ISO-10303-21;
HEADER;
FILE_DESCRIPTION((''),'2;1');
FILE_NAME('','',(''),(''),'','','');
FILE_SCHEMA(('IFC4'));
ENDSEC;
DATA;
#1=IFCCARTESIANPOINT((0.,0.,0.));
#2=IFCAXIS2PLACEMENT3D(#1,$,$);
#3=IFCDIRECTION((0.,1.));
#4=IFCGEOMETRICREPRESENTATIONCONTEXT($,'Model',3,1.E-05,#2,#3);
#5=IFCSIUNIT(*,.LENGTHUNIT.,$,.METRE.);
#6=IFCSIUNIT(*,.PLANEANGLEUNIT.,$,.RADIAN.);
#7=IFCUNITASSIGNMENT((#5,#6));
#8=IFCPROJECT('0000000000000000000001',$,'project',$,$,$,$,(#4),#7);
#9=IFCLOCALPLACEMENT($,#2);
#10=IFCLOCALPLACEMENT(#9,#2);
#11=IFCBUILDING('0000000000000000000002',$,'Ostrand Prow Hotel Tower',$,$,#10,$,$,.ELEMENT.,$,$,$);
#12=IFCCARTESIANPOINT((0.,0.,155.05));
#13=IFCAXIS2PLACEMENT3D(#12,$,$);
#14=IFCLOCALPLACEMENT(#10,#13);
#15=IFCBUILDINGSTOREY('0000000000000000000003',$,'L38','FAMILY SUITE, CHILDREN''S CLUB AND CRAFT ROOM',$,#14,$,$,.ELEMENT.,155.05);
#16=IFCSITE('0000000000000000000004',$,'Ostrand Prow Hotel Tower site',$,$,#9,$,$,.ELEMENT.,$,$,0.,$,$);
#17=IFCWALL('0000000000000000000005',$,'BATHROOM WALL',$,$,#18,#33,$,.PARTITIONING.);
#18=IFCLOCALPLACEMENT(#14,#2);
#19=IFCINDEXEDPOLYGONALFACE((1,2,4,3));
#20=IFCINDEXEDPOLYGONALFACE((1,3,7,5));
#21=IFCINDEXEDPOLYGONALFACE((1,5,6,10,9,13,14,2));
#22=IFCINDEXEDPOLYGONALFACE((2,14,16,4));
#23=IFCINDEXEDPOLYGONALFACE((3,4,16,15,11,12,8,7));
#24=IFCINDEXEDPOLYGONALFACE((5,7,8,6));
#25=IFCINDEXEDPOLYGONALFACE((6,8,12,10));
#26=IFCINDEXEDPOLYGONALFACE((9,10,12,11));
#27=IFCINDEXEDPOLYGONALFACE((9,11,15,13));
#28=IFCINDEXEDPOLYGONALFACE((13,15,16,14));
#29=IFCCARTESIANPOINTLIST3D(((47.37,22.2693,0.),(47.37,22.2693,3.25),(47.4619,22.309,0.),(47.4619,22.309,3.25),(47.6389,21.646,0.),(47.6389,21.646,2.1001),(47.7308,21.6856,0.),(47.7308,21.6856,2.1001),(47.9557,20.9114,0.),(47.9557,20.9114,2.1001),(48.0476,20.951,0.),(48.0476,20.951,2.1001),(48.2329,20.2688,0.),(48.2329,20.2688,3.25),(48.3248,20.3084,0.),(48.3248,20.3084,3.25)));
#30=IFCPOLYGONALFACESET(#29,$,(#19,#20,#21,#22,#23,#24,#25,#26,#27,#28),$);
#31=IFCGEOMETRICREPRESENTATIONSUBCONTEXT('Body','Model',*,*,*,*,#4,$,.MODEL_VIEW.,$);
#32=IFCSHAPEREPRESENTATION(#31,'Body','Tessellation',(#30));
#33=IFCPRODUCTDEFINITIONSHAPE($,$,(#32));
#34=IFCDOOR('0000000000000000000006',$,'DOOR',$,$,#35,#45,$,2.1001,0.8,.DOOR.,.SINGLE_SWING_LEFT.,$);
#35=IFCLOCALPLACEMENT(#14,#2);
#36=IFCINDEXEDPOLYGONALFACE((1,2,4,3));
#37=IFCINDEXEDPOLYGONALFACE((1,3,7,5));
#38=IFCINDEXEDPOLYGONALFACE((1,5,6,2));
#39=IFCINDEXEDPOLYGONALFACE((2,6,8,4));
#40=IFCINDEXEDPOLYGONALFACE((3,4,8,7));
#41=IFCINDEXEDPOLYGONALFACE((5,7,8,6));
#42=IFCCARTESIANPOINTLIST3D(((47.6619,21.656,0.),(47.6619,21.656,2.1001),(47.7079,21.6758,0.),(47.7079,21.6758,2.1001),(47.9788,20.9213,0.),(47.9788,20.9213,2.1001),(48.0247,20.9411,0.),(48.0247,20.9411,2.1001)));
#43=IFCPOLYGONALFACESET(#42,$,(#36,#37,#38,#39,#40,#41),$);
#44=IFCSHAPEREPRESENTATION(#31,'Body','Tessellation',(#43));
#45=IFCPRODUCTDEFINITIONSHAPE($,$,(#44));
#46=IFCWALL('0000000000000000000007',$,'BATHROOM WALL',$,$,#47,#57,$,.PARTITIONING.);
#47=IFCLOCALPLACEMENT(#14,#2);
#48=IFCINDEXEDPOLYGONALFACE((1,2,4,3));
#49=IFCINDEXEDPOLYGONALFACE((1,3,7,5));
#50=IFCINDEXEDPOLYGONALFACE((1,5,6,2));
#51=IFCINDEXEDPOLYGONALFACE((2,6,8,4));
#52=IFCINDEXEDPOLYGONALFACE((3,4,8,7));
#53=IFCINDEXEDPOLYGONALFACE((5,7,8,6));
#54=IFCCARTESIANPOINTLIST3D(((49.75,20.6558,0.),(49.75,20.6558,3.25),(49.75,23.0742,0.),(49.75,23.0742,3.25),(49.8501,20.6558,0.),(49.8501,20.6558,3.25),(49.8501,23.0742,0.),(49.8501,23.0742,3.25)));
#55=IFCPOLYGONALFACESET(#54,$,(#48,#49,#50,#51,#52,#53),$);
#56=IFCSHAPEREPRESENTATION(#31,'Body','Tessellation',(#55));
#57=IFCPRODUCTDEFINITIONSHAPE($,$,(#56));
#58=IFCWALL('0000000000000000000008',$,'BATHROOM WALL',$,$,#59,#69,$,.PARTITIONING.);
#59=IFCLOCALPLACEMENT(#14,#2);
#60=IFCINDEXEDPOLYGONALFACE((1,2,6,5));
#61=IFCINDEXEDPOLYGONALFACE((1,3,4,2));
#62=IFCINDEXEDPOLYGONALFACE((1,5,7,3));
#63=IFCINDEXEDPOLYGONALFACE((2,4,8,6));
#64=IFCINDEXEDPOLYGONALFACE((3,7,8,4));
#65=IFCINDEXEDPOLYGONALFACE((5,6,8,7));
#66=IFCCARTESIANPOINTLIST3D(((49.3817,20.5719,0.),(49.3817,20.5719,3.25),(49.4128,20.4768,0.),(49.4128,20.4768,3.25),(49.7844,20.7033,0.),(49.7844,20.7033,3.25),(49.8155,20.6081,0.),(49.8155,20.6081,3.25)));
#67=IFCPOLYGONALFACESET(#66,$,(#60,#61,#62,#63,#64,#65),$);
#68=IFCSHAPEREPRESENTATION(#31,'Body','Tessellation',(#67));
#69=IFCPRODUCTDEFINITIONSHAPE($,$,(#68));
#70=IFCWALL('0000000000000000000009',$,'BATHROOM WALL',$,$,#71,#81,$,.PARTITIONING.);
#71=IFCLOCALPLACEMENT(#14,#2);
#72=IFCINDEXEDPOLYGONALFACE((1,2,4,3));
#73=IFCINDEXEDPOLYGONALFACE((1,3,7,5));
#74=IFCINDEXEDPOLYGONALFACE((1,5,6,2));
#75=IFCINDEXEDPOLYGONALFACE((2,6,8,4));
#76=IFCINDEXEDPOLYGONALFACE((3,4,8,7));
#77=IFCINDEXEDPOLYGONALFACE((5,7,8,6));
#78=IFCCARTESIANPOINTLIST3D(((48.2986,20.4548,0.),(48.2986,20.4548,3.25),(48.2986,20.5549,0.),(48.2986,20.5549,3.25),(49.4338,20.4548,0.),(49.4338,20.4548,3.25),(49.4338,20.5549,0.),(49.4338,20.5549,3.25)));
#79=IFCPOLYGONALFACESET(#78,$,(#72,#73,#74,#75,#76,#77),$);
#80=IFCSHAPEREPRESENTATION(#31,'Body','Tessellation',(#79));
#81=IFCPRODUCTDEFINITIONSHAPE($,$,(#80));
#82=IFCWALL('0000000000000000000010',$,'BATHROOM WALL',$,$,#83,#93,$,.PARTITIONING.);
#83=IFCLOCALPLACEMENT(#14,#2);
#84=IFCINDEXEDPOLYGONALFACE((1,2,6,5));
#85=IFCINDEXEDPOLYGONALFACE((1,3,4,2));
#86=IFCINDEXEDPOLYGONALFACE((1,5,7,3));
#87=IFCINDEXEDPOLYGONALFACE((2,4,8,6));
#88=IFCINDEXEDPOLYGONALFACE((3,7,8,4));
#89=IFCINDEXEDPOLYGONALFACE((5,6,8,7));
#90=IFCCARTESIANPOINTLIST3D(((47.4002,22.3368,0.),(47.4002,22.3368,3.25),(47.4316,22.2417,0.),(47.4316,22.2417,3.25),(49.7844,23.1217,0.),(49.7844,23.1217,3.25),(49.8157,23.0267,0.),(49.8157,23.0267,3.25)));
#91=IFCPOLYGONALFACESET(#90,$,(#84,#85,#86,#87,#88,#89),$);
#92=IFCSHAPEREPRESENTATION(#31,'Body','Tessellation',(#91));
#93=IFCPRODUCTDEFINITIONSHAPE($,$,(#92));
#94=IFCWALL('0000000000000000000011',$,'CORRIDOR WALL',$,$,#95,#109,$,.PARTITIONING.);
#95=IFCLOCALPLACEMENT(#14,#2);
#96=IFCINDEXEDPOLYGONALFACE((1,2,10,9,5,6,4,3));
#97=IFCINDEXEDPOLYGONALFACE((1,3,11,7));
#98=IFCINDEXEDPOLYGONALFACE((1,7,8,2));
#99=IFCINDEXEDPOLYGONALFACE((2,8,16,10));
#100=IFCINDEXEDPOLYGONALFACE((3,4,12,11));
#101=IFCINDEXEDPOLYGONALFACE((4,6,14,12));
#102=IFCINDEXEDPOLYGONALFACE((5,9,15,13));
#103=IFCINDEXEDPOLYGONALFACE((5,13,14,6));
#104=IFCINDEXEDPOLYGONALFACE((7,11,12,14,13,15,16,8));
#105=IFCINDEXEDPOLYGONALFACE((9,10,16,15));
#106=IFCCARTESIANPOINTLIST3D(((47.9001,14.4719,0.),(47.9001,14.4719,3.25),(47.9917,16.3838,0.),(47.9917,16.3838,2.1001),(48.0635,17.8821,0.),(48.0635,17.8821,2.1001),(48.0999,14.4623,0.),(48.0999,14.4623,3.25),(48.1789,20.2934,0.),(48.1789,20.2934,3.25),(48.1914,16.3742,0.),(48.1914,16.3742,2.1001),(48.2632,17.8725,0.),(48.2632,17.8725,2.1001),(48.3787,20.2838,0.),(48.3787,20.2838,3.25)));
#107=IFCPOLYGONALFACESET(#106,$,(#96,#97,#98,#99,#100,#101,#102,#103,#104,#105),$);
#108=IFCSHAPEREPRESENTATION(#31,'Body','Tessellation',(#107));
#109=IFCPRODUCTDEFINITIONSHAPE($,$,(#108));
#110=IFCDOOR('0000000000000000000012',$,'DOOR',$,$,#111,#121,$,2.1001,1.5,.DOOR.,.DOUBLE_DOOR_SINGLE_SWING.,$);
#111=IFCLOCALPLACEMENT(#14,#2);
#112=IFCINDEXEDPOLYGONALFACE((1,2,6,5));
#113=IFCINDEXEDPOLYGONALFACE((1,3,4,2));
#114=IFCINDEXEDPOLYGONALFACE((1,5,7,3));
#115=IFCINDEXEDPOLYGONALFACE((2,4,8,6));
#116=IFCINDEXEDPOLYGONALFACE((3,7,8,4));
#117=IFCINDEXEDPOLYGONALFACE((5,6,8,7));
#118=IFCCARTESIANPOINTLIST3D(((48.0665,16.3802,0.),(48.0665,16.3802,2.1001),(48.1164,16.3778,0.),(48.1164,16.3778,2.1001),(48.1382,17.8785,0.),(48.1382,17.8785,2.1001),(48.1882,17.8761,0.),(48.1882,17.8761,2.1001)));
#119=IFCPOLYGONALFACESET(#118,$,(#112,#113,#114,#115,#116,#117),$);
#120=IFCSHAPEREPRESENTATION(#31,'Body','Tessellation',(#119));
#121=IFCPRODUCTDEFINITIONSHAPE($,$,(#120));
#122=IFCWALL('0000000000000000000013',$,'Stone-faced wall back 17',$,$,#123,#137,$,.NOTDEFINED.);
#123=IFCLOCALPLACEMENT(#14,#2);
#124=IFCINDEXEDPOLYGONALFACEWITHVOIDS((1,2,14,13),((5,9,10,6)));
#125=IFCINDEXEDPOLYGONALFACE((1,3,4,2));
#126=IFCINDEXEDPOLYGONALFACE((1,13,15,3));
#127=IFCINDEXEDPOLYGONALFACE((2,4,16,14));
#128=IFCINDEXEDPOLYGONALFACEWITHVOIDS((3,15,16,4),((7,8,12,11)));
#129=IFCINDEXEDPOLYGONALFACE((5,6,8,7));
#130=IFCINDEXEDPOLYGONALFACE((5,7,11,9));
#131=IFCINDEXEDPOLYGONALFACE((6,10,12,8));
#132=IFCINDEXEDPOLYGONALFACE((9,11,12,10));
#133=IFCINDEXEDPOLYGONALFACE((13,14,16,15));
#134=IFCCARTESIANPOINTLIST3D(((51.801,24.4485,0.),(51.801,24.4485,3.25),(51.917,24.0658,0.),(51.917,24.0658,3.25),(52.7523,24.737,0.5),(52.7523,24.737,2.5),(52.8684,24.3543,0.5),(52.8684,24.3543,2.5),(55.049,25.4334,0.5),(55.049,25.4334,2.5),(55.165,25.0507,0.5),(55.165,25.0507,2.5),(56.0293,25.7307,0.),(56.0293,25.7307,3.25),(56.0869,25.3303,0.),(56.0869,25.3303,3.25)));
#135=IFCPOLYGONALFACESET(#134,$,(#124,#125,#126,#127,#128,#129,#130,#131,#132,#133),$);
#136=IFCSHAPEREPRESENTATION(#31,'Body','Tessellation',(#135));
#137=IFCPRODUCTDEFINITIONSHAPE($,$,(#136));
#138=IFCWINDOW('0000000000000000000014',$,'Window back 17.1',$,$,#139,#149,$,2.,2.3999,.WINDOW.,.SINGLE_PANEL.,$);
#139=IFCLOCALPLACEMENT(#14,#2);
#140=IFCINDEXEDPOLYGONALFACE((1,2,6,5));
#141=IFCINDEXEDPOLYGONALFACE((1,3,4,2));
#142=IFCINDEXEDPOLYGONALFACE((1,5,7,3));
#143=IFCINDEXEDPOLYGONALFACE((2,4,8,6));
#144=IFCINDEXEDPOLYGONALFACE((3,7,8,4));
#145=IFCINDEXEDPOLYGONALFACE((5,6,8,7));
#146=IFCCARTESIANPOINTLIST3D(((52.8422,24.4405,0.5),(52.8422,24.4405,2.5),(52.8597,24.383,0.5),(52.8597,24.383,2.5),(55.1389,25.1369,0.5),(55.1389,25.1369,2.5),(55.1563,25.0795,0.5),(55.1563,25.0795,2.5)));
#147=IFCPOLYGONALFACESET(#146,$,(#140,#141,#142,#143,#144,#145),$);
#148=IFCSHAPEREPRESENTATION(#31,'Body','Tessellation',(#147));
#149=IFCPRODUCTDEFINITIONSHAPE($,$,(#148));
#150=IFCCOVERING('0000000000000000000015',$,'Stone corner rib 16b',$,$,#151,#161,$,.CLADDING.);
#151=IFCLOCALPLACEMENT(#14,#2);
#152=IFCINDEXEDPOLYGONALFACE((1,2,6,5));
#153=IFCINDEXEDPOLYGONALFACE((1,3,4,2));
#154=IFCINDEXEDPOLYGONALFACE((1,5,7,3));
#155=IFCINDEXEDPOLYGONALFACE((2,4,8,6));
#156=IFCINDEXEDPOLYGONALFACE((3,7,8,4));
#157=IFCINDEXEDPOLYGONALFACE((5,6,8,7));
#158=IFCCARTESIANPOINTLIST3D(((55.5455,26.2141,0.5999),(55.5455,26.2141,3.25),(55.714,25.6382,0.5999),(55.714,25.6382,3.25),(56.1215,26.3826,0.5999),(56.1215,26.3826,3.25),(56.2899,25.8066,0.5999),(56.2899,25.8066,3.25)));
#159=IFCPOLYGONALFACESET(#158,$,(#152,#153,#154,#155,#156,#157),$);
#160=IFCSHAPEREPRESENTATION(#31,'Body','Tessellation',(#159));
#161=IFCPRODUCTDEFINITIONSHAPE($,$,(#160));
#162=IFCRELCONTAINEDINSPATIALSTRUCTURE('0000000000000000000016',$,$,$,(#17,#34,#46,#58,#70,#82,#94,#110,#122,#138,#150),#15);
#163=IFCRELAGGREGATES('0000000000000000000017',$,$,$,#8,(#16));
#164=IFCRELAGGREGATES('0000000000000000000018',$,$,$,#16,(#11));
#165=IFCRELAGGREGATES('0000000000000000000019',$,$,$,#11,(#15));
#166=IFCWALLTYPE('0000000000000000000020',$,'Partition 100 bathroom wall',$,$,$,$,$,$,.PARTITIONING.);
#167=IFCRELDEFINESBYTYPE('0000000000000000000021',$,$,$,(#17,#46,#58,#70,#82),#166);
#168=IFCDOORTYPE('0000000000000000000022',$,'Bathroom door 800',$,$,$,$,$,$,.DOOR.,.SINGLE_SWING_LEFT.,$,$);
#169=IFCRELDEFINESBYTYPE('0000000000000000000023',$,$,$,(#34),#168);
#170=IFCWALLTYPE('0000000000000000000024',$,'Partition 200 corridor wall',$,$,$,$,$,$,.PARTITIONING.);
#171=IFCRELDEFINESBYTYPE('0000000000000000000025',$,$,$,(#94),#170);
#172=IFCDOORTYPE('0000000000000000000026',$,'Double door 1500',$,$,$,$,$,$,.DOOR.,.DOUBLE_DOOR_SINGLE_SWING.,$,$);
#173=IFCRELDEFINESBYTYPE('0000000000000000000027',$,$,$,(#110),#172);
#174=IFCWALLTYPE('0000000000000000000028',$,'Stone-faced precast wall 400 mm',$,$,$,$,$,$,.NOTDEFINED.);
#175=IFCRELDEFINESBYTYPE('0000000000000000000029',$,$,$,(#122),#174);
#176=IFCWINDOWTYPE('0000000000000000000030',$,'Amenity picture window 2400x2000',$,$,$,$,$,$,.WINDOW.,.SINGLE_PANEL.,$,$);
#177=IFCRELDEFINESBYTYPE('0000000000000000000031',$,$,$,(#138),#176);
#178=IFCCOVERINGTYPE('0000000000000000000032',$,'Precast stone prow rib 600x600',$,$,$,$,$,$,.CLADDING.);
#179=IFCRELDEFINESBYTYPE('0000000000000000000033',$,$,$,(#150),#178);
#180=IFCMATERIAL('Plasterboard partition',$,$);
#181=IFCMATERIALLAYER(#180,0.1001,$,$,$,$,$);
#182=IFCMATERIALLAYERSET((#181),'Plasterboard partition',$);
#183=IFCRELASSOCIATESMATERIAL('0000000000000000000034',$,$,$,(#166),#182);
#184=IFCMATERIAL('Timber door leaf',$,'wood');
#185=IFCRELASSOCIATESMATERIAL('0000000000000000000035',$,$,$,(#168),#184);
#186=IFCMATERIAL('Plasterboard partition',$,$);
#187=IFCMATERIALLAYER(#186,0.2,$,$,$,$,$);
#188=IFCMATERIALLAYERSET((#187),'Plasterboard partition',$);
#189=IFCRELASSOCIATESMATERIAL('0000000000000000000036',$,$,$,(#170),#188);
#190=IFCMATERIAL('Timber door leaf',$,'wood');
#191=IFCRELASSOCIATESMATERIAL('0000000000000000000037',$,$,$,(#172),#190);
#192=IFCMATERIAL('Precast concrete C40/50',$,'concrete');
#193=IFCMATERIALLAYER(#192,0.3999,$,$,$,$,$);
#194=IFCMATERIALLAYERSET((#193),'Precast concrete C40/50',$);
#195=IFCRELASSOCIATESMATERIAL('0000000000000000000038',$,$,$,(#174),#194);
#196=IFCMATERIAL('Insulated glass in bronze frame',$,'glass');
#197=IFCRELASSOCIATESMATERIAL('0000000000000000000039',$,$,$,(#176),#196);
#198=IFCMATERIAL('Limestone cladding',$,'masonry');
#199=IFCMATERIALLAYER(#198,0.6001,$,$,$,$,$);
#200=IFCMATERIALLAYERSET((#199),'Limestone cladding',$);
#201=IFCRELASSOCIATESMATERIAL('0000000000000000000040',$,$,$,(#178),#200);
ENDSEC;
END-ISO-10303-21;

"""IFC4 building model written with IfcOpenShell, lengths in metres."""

from ifc_helpers import new_model, si_unit, direction, frame, frame_2d, origin, place, context, subcontext, project, spatial, polyline, rectangle, outline, extrude, material, layer, layer_set, type_object, element, fill, save


model = new_model("IFC4")

# Units and contexts
model_context = context("Model", 3, precision=1e-05, world=origin(), true_north=direction((0.0, 1.0)))
body_context = subcontext(model_context, "Body", "Model", "MODEL_VIEW")
ifc_project = project(units=[si_unit("LENGTHUNIT", "METRE"), si_unit("PLANEANGLEUNIT", "RADIAN")], contexts=[model_context])

# Site, building, storey
site_placement = place(None, origin())
site = spatial("IfcSite", under=ifc_project, at=site_placement, Name="Ostrand Prow Hotel Tower site", CompositionType="ELEMENT", RefElevation=0.0)
building_placement = place(site_placement, origin())
building = spatial("IfcBuilding", under=site, at=building_placement, Name="Ostrand Prow Hotel Tower", CompositionType="ELEMENT")
storey_placement = place(building_placement, frame((0.0, 0.0, 155.05)))
storey = spatial("IfcBuildingStorey", under=building, at=storey_placement, Name="L38", Description="FAMILY SUITE, CHILDREN'S CLUB AND CRAFT ROOM", CompositionType="ELEMENT", Elevation=155.05)

# Wall, opening, door
ifc_material_1 = material(Name="Plasterboard partition")
ifc_layer_1 = layer(ifc_material_1, 0.1001)
ifc_layer_set_1 = layer_set([ifc_layer_1], Name="Plasterboard partition")
wall_type_1 = type_object("IfcWallType", Name="Partition 100 bathroom wall", PredefinedType="PARTITIONING", material=ifc_layer_set_1)
wall_1_placement = place(storey_placement, frame((48.2788, 20.2886, 0.0), z_axis=(0.0, 0.0, 1.0), x_axis=(-0.396028, 0.918238, 0.0)))
wall_1 = element("IfcWall", 1, at=wall_1_placement, inside=storey, type_object=wall_type_1, Name="BATHROOM WALL", PredefinedType="PARTITIONING", context=body_context, shape_type="SweptSolid", body=[
    extrude(rectangle(XDim=2.1787, YDim=0.1001, at=frame_2d((1.0894, 0.0))), origin(), (0.0, 0.0, 1.0), 3.25),
])
opening_1_placement = place(wall_1_placement, frame((0.7, 0.0, 0.0)))
opening_1 = element("IfcOpeningElement", 2, at=opening_1_placement, cuts=wall_1, PredefinedType="OPENING", context=body_context, shape_type="SweptSolid", body=[
    extrude(rectangle(XDim=0.8, YDim=2.1001, at=frame_2d((0.3999, 1.05))), frame((0.0, 0.0601, 0.0), z_axis=(0.0, -1.0, 0.0), x_axis=(1.0, 0.0, 0.0)), (0.0, 0.0, 1.0), 0.1201),
])
ifc_material_2 = material(Name="Timber door leaf", Category="wood")
door_type_1 = type_object("IfcDoorType", Name="Bathroom door 800", OperationType="SINGLE_SWING_LEFT", PredefinedType="DOOR", material=ifc_material_2)
door_1_placement = place(opening_1_placement, origin())
door_1 = element("IfcDoor", 3, at=door_1_placement, inside=storey, type_object=door_type_1, Name="DOOR", OperationType="SINGLE_SWING_LEFT", OverallHeight=2.1001, OverallWidth=0.8, PredefinedType="DOOR", context=body_context, shape_type="SweptSolid", body=[
    extrude(rectangle(XDim=0.8, YDim=2.1001, at=frame_2d((0.3999, 1.05))), frame((0.0, 0.0249, 0.0), z_axis=(0.0, -1.0, 0.0), x_axis=(1.0, 0.0, 0.0)), (0.0, 0.0, 1.0), 0.05),
])
fill(opening_1, door_1)

# Walls
wall_2_placement = place(storey_placement, frame((49.8, 23.0742, 0.0), z_axis=(0.0, 0.0, 1.0), x_axis=(0.0, -1.0, 0.0)))
element("IfcWall", 4, at=wall_2_placement, inside=storey, type_object=wall_type_1, Name="BATHROOM WALL", PredefinedType="PARTITIONING", context=body_context, shape_type="SweptSolid", body=[
    extrude(rectangle(XDim=2.4185, YDim=0.1001, at=frame_2d((1.2092, 0.0))), origin(), (0.0, 0.0, 1.0), 3.25),
])
wall_3_placement = place(storey_placement, frame((49.8, 20.6558, 0.0), z_axis=(0.0, 0.0, 1.0), x_axis=(-0.950682, -0.310168, 0.0)))
element("IfcWall", 5, at=wall_3_placement, inside=storey, type_object=wall_type_1, Name="BATHROOM WALL", PredefinedType="PARTITIONING", context=body_context, shape_type="SweptSolid", body=[
    extrude(rectangle(XDim=0.4236, YDim=0.1001, at=frame_2d((0.2119, 0.0))), origin(), (0.0, 0.0, 1.0), 3.25),
])
wall_4_placement = place(storey_placement, frame((49.4338, 20.5049, 0.0), z_axis=(0.0, 0.0, 1.0), x_axis=(-1.0, 0.0, 0.0)))
element("IfcWall", 6, at=wall_4_placement, inside=storey, type_object=wall_type_1, Name="BATHROOM WALL", PredefinedType="PARTITIONING", context=body_context, shape_type="SweptSolid", body=[
    extrude(rectangle(XDim=1.1353, YDim=0.1001, at=frame_2d((0.5676, 0.0))), origin(), (0.0, 0.0, 1.0), 3.25),
])
wall_5_placement = place(storey_placement, frame((47.416, 22.2893, 0.0), z_axis=(0.0, 0.0, 1.0), x_axis=(0.949844, 0.312724, 0.0)))
element("IfcWall", 7, at=wall_5_placement, inside=storey, type_object=wall_type_1, Name="BATHROOM WALL", PredefinedType="PARTITIONING", context=body_context, shape_type="SweptSolid", body=[
    extrude(rectangle(XDim=2.51, YDim=0.1001, at=frame_2d((1.2549, 0.0))), origin(), (0.0, 0.0, 1.0), 3.25),
])

# Wall, opening, door
ifc_material_3 = material(Name="Plasterboard partition")
ifc_layer_2 = layer(ifc_material_3, 0.2)
ifc_layer_set_2 = layer_set([ifc_layer_2], Name="Plasterboard partition")
wall_type_2 = type_object("IfcWallType", Name="Partition 200 corridor wall", PredefinedType="PARTITIONING", material=ifc_layer_set_2)
wall_6_placement = place(storey_placement, frame((48.2788, 20.2886, 0.0), z_axis=(0.0, 0.0, 1.0), x_axis=(-0.047838, -0.998855, 0.0)))
wall_6 = element("IfcWall", 8, at=wall_6_placement, inside=storey, type_object=wall_type_2, Name="CORRIDOR WALL", PredefinedType="PARTITIONING", context=body_context, shape_type="SweptSolid", body=[
    extrude(rectangle(XDim=5.8281, YDim=0.2, at=frame_2d((2.9141, 0.0))), origin(), (0.0, 0.0, 1.0), 3.25),
])
opening_2_placement = place(wall_6_placement, frame((2.4141, 0.0, 0.0)))
opening_2 = element("IfcOpeningElement", 9, at=opening_2_placement, cuts=wall_6, PredefinedType="OPENING", context=body_context, shape_type="SweptSolid", body=[
    extrude(rectangle(XDim=1.5, YDim=2.1001, at=frame_2d((0.75, 1.05))), frame((0.0, 0.1099, 0.0), z_axis=(0.0, -1.0, 0.0), x_axis=(1.0, 0.0, 0.0)), (0.0, 0.0, 1.0), 0.22),
])
ifc_material_4 = material(Name="Timber door leaf", Category="wood")
door_type_2 = type_object("IfcDoorType", Name="Double door 1500", OperationType="DOUBLE_DOOR_SINGLE_SWING", PredefinedType="DOOR", material=ifc_material_4)
door_2_placement = place(opening_2_placement, origin())
door_2 = element("IfcDoor", 10, at=door_2_placement, inside=storey, type_object=door_type_2, Name="DOOR", OperationType="DOUBLE_DOOR_SINGLE_SWING", OverallHeight=2.1001, OverallWidth=1.5, PredefinedType="DOOR", context=body_context, shape_type="SweptSolid", body=[
    extrude(rectangle(XDim=1.5, YDim=2.1001, at=frame_2d((0.75, 1.05))), frame((0.0, 0.0249, 0.0), z_axis=(0.0, -1.0, 0.0), x_axis=(1.0, 0.0, 0.0)), (0.0, 0.0, 1.0), 0.05),
])
fill(opening_2, door_2)

# Wall, opening, window
ifc_material_5 = material(Name="Precast concrete C40/50", Category="concrete")
ifc_layer_3 = layer(ifc_material_5, 0.3999)
ifc_layer_set_3 = layer_set([ifc_layer_3], Name="Precast concrete C40/50")
wall_type_3 = type_object("IfcWallType", Name="Stone-faced precast wall 400 mm", PredefinedType="NOTDEFINED", material=ifc_layer_set_3)
wall_7_placement = place(storey_placement, frame((56.0581, 25.5305, 0.0), z_axis=(0.0, 0.0, 1.0), x_axis=(-0.956964, -0.290205, 0.0)))
wall_7 = element("IfcWall", 11, at=wall_7_placement, inside=storey, type_object=wall_type_3, Name="Stone-faced wall back 17", PredefinedType="NOTDEFINED", context=body_context, shape_type="SweptSolid", body=[
    extrude(outline(polyline([(-0.0305, -0.2), (4.3879, -0.2), (4.3879, 0.2), (0.0305, 0.2), (-0.0305, -0.2)])), origin(), (0.0, 0.0, 1.0), 3.25),
])
opening_3_placement = place(wall_7_placement, frame((0.9939, 0.0, 0.5)))
opening_3 = element("IfcOpeningElement", 12, at=opening_3_placement, cuts=wall_7, PredefinedType="OPENING", context=body_context, shape_type="SweptSolid", body=[
    extrude(rectangle(XDim=2.3999, YDim=2.0, at=frame_2d((1.2, 1.0))), frame((0.0, 0.21, 0.0), z_axis=(0.0, -1.0, 0.0), x_axis=(1.0, 0.0, 0.0)), (0.0, 0.0, 1.0), 0.4199),
])
ifc_material_6 = material(Name="Insulated glass in bronze frame", Category="glass")
window_type = type_object("IfcWindowType", Name="Amenity picture window 2400x2000", PartitioningType="SINGLE_PANEL", PredefinedType="WINDOW", material=ifc_material_6)
window_placement = place(opening_3_placement, origin())
window = element("IfcWindow", 13, at=window_placement, inside=storey, type_object=window_type, Name="Window back 17.1", OverallHeight=2.0, OverallWidth=2.3999, PartitioningType="SINGLE_PANEL", PredefinedType="WINDOW", context=body_context, shape_type="SweptSolid", body=[
    extrude(rectangle(XDim=2.3999, YDim=2.0, at=frame_2d((1.2, 1.0))), frame((0.0, 0.1699, 0.0), z_axis=(0.0, -1.0, 0.0), x_axis=(1.0, 0.0, 0.0)), (0.0, 0.0, 1.0), 0.0601),
])
fill(opening_3, window)

# Covering
ifc_material_7 = material(Name="Limestone cladding", Category="masonry")
ifc_layer_4 = layer(ifc_material_7, 0.6001)
ifc_layer_set_4 = layer_set([ifc_layer_4], Name="Limestone cladding")
covering_type = type_object("IfcCoveringType", Name="Precast stone prow rib 600x600", PredefinedType="CLADDING", material=ifc_layer_set_4)
covering_placement = place(storey_placement, frame((56.002, 25.7224, 0.5999), z_axis=(0.0, 0.0, 1.0), x_axis=(-0.280734, 0.959786, 0.0)))
element("IfcCovering", 14, at=covering_placement, inside=storey, type_object=covering_type, Name="Stone corner rib 16b", PredefinedType="CLADDING", context=body_context, shape_type="SweptSolid", body=[
    extrude(rectangle(XDim=0.6001, YDim=0.6001, at=frame_2d((0.3, 0.0))), origin(), (0.0, 0.0, 1.0), 2.6501),
])

save(model, "model.ifc")
